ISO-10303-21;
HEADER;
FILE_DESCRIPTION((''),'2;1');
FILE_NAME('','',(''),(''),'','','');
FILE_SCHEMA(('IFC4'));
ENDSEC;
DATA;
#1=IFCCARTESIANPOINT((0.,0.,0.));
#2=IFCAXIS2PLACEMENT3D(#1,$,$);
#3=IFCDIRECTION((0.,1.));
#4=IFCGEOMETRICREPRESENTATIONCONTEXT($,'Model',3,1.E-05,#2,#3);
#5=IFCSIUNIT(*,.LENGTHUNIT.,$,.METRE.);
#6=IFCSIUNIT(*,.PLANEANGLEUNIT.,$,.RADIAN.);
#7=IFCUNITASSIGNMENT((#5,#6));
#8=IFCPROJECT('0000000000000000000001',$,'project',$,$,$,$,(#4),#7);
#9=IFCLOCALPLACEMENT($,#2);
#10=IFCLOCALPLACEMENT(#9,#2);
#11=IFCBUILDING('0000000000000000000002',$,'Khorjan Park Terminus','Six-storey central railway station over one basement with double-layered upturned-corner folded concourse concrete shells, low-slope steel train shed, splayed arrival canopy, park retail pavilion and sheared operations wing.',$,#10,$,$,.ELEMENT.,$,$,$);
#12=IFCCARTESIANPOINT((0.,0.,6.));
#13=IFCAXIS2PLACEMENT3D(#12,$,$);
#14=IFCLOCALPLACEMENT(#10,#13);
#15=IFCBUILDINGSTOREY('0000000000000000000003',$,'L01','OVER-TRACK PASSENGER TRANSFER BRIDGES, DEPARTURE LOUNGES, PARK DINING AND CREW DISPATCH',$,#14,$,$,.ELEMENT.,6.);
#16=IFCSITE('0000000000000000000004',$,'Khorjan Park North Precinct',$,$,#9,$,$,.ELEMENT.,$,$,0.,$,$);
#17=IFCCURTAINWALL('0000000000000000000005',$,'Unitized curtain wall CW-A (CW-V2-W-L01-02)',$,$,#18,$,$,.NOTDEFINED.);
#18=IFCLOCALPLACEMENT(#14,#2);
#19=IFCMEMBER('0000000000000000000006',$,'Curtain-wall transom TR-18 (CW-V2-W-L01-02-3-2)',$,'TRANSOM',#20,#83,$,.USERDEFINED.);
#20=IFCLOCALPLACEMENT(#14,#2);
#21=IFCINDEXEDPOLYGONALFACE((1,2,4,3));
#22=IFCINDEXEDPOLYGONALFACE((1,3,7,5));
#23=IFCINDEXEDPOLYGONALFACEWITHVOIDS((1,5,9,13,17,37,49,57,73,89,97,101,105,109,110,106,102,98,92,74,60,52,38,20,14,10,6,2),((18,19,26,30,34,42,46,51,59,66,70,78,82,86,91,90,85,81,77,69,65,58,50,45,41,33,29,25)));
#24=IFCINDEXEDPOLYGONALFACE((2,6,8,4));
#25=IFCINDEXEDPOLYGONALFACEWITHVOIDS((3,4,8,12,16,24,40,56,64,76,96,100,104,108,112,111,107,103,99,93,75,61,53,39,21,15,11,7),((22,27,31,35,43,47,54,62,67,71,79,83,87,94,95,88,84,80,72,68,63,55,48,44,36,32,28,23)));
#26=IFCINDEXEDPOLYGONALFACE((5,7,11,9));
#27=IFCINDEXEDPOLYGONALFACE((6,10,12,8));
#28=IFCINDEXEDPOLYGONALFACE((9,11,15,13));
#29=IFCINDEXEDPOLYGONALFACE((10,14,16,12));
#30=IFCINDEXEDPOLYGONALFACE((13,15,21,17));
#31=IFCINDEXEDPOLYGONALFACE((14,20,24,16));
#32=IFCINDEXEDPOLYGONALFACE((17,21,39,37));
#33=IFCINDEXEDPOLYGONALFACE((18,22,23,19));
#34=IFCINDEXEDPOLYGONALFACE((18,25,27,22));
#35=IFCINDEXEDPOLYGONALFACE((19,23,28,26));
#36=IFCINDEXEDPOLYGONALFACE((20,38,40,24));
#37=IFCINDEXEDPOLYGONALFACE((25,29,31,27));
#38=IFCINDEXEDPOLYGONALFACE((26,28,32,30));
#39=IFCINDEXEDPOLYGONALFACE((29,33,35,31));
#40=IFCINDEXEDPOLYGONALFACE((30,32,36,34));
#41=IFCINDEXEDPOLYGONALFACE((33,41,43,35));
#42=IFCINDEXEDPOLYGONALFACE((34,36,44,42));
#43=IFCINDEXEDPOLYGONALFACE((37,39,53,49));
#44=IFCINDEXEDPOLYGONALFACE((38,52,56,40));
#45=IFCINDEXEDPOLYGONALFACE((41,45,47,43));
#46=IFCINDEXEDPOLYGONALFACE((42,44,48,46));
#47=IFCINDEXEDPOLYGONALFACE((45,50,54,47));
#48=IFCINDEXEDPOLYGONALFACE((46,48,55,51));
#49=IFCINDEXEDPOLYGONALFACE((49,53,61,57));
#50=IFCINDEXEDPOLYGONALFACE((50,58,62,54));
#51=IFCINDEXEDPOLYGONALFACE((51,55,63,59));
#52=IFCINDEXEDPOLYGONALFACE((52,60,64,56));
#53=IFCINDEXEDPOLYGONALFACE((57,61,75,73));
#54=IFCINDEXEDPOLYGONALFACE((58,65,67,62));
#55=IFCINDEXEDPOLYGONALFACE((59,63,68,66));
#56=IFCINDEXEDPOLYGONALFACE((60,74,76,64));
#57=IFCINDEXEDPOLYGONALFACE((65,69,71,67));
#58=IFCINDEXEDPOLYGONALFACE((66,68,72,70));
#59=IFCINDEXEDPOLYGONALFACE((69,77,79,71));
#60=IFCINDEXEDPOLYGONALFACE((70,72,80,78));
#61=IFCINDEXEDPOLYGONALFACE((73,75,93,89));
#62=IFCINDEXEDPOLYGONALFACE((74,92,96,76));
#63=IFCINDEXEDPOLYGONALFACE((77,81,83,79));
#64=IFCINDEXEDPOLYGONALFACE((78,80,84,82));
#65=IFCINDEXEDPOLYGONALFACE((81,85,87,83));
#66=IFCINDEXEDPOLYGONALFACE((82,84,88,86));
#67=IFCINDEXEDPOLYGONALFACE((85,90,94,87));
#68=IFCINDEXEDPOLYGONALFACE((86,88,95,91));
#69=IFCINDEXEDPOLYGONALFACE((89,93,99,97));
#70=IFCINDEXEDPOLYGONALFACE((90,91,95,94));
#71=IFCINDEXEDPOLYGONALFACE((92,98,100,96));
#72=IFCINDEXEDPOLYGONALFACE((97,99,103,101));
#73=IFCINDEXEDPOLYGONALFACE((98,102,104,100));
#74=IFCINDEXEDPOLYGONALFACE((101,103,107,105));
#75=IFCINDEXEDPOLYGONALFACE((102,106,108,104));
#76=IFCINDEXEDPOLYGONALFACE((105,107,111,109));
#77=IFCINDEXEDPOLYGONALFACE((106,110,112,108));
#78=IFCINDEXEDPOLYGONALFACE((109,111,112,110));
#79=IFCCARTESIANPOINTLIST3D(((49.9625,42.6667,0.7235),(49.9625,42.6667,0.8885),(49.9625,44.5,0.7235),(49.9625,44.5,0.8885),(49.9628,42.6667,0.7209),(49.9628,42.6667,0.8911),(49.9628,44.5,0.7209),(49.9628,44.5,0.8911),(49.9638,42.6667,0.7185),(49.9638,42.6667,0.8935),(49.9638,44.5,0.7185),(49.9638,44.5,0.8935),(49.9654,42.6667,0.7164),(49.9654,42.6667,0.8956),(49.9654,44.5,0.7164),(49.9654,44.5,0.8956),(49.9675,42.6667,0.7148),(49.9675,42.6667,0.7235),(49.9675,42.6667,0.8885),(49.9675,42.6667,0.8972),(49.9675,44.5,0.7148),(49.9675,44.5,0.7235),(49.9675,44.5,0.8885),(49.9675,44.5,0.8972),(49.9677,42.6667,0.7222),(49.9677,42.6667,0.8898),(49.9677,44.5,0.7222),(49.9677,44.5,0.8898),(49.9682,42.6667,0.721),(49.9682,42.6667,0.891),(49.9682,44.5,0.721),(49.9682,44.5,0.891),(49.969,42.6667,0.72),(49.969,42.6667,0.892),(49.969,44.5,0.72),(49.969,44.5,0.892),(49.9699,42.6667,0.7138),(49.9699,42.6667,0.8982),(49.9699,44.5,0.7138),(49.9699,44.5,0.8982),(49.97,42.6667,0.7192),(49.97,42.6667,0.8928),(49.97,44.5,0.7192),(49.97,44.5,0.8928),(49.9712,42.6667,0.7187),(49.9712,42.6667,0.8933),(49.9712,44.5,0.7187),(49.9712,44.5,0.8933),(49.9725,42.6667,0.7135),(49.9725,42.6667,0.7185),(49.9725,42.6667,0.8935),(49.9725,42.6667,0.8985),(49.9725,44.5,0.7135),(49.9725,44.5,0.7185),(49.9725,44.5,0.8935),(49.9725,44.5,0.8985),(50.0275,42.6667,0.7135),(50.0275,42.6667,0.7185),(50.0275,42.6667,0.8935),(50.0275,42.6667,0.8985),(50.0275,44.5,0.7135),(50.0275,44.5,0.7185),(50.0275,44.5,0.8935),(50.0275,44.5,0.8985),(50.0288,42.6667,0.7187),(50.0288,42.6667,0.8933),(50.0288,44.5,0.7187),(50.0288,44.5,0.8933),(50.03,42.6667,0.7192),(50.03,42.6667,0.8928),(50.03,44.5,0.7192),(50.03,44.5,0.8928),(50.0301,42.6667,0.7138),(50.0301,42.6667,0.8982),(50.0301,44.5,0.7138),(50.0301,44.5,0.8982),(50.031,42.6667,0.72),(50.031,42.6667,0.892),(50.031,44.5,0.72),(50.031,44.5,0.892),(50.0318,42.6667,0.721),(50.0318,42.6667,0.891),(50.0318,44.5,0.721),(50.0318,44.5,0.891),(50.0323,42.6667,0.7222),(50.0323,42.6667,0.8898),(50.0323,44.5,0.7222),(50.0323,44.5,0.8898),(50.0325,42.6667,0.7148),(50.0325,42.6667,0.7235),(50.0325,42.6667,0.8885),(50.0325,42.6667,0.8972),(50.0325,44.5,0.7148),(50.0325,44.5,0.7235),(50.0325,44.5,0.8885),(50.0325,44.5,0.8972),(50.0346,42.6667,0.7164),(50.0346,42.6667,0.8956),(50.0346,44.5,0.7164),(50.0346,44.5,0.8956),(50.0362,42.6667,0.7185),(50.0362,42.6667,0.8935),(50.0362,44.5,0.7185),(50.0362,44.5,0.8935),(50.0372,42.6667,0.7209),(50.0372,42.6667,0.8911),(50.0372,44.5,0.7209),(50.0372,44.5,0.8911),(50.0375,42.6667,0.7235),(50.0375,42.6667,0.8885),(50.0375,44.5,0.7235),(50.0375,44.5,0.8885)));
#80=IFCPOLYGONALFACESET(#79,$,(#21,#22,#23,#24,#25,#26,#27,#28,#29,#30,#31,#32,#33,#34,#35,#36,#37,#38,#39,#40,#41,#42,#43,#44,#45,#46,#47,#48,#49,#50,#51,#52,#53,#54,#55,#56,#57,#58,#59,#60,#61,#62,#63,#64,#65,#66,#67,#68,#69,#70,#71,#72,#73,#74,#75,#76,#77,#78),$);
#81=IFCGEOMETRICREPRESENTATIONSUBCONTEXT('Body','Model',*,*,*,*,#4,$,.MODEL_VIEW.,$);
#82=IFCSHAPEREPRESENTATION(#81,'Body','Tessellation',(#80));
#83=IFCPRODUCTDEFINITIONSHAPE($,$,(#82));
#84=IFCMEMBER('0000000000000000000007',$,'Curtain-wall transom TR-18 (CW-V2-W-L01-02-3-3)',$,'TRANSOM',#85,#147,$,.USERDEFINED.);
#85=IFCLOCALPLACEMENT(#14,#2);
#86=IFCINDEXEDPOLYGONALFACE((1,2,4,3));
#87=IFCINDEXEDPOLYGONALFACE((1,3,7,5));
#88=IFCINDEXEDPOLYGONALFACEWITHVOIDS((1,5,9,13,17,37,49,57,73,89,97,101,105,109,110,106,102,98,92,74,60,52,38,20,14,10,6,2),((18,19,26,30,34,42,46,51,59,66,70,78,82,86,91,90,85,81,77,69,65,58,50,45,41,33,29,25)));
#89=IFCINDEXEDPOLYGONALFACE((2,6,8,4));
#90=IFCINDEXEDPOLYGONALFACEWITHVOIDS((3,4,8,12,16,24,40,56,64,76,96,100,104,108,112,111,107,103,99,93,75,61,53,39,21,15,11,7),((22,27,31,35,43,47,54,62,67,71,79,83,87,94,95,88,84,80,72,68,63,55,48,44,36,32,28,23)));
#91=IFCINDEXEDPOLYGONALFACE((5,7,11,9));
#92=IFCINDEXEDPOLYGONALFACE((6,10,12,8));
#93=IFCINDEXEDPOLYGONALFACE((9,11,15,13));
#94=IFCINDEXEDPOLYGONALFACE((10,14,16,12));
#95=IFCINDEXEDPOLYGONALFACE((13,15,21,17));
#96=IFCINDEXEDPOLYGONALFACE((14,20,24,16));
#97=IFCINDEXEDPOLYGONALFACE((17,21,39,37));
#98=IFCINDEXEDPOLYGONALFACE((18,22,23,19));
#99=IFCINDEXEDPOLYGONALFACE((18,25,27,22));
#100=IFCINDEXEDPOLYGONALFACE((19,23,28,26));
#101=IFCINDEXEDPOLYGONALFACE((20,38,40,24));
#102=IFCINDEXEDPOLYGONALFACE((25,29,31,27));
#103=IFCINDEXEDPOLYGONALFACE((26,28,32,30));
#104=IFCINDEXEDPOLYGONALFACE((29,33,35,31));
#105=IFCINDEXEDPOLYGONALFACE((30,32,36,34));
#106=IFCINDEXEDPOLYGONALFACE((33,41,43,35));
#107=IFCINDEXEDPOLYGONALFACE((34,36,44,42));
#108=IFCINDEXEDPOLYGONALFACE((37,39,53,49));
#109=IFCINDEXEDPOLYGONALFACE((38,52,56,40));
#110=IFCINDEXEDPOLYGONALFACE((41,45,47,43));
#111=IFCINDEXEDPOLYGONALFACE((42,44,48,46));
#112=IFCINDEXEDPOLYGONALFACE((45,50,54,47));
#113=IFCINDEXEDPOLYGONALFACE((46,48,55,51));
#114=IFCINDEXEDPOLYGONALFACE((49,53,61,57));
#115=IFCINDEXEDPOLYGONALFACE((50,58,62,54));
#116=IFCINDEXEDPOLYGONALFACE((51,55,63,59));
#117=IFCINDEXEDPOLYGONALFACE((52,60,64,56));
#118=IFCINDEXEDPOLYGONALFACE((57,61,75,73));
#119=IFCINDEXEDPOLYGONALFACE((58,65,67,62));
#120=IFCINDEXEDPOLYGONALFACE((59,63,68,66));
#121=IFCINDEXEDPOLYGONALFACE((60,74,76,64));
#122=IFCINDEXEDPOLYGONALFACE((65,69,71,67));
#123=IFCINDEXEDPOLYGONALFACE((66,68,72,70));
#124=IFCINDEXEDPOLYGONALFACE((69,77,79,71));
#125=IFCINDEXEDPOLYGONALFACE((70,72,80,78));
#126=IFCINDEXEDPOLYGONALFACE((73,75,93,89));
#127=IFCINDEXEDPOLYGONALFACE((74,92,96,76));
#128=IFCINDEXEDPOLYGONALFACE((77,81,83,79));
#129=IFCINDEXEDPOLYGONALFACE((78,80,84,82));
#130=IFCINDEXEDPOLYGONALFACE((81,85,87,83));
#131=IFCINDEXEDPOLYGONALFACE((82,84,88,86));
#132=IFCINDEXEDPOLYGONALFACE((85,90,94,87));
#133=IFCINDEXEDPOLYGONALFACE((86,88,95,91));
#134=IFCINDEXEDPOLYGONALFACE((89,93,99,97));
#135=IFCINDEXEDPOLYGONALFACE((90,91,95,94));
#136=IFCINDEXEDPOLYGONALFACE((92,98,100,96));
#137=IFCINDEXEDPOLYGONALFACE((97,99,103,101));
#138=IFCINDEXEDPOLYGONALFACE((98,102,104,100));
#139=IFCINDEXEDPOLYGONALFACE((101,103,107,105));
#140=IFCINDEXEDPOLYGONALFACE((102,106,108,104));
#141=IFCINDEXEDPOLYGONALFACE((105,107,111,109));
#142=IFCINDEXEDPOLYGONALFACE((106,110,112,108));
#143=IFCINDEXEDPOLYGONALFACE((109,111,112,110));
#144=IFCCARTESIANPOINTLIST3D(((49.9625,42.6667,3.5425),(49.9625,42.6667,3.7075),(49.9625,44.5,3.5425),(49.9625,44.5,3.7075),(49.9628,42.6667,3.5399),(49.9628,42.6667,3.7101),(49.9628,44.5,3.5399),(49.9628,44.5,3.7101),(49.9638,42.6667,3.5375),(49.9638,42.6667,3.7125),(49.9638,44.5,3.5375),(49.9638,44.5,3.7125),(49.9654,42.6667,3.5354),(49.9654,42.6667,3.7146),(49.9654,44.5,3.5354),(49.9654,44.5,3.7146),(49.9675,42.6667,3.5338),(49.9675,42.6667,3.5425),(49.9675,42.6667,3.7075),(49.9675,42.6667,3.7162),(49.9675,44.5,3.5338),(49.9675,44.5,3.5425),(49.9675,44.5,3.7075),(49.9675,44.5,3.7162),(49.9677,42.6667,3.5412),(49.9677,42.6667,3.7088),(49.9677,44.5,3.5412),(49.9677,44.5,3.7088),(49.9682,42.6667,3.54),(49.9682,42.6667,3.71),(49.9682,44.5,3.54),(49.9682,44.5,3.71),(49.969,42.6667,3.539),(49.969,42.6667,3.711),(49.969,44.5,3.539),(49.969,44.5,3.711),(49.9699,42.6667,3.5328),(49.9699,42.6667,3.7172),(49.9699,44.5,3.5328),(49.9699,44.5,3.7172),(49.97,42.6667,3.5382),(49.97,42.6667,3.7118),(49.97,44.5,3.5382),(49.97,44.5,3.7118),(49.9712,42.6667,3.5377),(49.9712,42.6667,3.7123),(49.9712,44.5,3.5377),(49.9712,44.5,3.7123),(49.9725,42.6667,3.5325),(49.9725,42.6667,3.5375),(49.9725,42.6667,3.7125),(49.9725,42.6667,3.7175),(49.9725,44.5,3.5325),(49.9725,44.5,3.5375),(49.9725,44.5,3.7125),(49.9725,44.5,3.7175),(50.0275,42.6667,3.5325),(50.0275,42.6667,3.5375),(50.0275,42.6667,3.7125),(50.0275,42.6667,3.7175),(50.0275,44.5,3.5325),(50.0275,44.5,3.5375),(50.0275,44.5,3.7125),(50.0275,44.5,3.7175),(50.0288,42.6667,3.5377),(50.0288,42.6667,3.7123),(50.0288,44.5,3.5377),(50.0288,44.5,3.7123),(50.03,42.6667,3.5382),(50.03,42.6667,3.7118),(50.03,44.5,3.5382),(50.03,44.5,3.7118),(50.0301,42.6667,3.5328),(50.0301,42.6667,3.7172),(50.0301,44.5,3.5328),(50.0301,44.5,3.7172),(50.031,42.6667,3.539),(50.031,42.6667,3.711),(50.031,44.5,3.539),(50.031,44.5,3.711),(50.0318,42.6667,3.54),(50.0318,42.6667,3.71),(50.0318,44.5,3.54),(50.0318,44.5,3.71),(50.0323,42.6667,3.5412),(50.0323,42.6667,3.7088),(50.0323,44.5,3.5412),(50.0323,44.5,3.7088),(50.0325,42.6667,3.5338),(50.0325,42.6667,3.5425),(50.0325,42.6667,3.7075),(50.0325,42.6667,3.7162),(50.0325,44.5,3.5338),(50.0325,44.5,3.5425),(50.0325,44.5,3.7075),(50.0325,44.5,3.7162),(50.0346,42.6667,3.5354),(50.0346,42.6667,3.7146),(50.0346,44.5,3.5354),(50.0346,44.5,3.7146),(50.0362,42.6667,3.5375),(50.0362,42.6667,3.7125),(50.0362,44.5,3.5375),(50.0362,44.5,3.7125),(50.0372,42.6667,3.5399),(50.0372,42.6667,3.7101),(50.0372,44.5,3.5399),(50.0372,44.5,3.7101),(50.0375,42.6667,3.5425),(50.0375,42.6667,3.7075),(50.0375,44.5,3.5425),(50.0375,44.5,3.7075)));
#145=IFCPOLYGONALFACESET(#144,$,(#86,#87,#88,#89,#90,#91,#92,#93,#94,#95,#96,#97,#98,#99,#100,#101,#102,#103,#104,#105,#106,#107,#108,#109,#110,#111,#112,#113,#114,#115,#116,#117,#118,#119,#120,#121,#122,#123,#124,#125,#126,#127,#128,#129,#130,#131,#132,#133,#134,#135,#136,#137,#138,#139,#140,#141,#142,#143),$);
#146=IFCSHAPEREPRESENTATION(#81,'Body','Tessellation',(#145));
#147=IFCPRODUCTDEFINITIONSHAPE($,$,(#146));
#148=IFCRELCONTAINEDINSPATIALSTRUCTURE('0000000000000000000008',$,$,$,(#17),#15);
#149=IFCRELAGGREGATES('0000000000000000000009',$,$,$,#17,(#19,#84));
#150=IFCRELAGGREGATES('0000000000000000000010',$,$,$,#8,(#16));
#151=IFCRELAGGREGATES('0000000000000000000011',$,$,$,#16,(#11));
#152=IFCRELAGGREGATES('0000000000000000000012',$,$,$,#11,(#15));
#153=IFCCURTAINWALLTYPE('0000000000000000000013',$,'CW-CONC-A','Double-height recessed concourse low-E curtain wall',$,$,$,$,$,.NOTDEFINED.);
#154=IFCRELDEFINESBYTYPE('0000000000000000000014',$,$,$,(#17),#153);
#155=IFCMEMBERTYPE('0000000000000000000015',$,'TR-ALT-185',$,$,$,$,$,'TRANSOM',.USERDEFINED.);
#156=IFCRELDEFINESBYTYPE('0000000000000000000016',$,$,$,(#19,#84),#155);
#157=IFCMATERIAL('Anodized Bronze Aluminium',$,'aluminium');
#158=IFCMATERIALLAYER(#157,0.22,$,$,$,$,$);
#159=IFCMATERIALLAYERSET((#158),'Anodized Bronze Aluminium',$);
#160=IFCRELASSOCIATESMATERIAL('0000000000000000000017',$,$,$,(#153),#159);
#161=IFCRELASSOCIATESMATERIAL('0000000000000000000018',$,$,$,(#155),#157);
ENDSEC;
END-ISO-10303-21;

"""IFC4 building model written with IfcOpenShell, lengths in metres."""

from ifc_helpers import new_model, si_unit, direction, frame, origin, origin_2d, place, context, subcontext, project, spatial, hollow_rectangle, extrude, material, layer, layer_set, material_profile, profile_set, type_object, element, aggregate, save


model = new_model("IFC4")

# Units and contexts
model_context = context("Model", 3, precision=1e-05, world=origin(), true_north=direction((0.0, 1.0)))
body_context = subcontext(model_context, "Body", "Model", "MODEL_VIEW")
ifc_project = project(units=[si_unit("LENGTHUNIT", "METRE"), si_unit("PLANEANGLEUNIT", "RADIAN")], contexts=[model_context])

# Site, building, storey
site_placement = place(None, origin())
site = spatial("IfcSite", under=ifc_project, at=site_placement, Name="Khorjan Park North Precinct", CompositionType="ELEMENT", RefElevation=0.0)
building_placement = place(site_placement, origin())
building = spatial("IfcBuilding", under=site, at=building_placement, Name="Khorjan Park Terminus", Description="Six-storey central railway station over one basement with double-layered upturned-corner folded concourse concrete shells, low-slope steel train shed, splayed arrival canopy, park retail pavilion and sheared operations wing.", CompositionType="ELEMENT")
storey_placement = place(building_placement, frame((0.0, 0.0, 6.0)))
storey = spatial("IfcBuildingStorey", under=building, at=storey_placement, Name="L01", Description="OVER-TRACK PASSENGER TRANSFER BRIDGES, DEPARTURE LOUNGES, PARK DINING AND CREW DISPATCH", CompositionType="ELEMENT", Elevation=6.0)

# Curtain wall
ifc_material_1 = material(Name="Anodized Bronze Aluminium", Category="aluminium")
ifc_layer_1 = layer(ifc_material_1, 0.22)
ifc_layer_set_1 = layer_set([ifc_layer_1], Name="Anodized Bronze Aluminium")
curtain_wall_type_1 = type_object("IfcCurtainWallType", Name="CW-CONC-A", Description="Double-height recessed concourse low-E curtain wall", PredefinedType="NOTDEFINED", material=ifc_layer_set_1)
curtain_wall_1_placement = place(storey_placement, origin())
curtain_wall_1 = element("IfcCurtainWall", 1, at=curtain_wall_1_placement, inside=storey, type_object=curtain_wall_type_1, Name="Unitized curtain wall CW-A (CW-V2-W-L01-02)", PredefinedType="NOTDEFINED")

# Members
ifc_material_profile_1 = material_profile(ifc_material_1, hollow_rectangle(XDim=0.075, YDim=0.185, WallThickness=0.005, InnerFilletRadius=0.005, OuterFilletRadius=0.01, at=origin_2d()), Name="ALT 75x185x5")
ifc_profile_set_1 = profile_set([ifc_material_profile_1], Name="Anodized Bronze Aluminium")
member_type_1 = type_object("IfcMemberType", Name="TR-ALT-185", ElementType="TRANSOM", PredefinedType="USERDEFINED", material=ifc_profile_set_1)
member_1_placement = place(storey_placement, frame((50.0, 44.5, 0.806), z_axis=(0.0, -1.0, 0.0), x_axis=(1.0, 0.0, 0.0)))
member_1 = element("IfcMember", 2, at=member_1_placement, type_object=member_type_1, Name="Curtain-wall transom TR-18 (CW-V2-W-L01-02-3-2)", ObjectType="TRANSOM", PredefinedType="USERDEFINED", context=body_context, shape_type="SweptSolid", body=[
    extrude(hollow_rectangle(XDim=0.075, YDim=0.185, WallThickness=0.005, InnerFilletRadius=0.005, OuterFilletRadius=0.01, at=origin_2d()), origin(), (0.0, 0.0, 1.0), 1.8333),
])
member_2_placement = place(storey_placement, frame((50.0, 44.5, 3.625), z_axis=(0.0, -1.0, 0.0), x_axis=(1.0, 0.0, 0.0)))
member_2 = element("IfcMember", 3, at=member_2_placement, type_object=member_type_1, Name="Curtain-wall transom TR-18 (CW-V2-W-L01-02-3-3)", ObjectType="TRANSOM", PredefinedType="USERDEFINED", context=body_context, shape_type="SweptSolid", body=[
    extrude(hollow_rectangle(XDim=0.075, YDim=0.185, WallThickness=0.005, InnerFilletRadius=0.005, OuterFilletRadius=0.01, at=origin_2d()), origin(), (0.0, 0.0, 1.0), 1.8333),
])

aggregate(curtain_wall_1, [member_1, member_2])

save(model, "model.ifc")
